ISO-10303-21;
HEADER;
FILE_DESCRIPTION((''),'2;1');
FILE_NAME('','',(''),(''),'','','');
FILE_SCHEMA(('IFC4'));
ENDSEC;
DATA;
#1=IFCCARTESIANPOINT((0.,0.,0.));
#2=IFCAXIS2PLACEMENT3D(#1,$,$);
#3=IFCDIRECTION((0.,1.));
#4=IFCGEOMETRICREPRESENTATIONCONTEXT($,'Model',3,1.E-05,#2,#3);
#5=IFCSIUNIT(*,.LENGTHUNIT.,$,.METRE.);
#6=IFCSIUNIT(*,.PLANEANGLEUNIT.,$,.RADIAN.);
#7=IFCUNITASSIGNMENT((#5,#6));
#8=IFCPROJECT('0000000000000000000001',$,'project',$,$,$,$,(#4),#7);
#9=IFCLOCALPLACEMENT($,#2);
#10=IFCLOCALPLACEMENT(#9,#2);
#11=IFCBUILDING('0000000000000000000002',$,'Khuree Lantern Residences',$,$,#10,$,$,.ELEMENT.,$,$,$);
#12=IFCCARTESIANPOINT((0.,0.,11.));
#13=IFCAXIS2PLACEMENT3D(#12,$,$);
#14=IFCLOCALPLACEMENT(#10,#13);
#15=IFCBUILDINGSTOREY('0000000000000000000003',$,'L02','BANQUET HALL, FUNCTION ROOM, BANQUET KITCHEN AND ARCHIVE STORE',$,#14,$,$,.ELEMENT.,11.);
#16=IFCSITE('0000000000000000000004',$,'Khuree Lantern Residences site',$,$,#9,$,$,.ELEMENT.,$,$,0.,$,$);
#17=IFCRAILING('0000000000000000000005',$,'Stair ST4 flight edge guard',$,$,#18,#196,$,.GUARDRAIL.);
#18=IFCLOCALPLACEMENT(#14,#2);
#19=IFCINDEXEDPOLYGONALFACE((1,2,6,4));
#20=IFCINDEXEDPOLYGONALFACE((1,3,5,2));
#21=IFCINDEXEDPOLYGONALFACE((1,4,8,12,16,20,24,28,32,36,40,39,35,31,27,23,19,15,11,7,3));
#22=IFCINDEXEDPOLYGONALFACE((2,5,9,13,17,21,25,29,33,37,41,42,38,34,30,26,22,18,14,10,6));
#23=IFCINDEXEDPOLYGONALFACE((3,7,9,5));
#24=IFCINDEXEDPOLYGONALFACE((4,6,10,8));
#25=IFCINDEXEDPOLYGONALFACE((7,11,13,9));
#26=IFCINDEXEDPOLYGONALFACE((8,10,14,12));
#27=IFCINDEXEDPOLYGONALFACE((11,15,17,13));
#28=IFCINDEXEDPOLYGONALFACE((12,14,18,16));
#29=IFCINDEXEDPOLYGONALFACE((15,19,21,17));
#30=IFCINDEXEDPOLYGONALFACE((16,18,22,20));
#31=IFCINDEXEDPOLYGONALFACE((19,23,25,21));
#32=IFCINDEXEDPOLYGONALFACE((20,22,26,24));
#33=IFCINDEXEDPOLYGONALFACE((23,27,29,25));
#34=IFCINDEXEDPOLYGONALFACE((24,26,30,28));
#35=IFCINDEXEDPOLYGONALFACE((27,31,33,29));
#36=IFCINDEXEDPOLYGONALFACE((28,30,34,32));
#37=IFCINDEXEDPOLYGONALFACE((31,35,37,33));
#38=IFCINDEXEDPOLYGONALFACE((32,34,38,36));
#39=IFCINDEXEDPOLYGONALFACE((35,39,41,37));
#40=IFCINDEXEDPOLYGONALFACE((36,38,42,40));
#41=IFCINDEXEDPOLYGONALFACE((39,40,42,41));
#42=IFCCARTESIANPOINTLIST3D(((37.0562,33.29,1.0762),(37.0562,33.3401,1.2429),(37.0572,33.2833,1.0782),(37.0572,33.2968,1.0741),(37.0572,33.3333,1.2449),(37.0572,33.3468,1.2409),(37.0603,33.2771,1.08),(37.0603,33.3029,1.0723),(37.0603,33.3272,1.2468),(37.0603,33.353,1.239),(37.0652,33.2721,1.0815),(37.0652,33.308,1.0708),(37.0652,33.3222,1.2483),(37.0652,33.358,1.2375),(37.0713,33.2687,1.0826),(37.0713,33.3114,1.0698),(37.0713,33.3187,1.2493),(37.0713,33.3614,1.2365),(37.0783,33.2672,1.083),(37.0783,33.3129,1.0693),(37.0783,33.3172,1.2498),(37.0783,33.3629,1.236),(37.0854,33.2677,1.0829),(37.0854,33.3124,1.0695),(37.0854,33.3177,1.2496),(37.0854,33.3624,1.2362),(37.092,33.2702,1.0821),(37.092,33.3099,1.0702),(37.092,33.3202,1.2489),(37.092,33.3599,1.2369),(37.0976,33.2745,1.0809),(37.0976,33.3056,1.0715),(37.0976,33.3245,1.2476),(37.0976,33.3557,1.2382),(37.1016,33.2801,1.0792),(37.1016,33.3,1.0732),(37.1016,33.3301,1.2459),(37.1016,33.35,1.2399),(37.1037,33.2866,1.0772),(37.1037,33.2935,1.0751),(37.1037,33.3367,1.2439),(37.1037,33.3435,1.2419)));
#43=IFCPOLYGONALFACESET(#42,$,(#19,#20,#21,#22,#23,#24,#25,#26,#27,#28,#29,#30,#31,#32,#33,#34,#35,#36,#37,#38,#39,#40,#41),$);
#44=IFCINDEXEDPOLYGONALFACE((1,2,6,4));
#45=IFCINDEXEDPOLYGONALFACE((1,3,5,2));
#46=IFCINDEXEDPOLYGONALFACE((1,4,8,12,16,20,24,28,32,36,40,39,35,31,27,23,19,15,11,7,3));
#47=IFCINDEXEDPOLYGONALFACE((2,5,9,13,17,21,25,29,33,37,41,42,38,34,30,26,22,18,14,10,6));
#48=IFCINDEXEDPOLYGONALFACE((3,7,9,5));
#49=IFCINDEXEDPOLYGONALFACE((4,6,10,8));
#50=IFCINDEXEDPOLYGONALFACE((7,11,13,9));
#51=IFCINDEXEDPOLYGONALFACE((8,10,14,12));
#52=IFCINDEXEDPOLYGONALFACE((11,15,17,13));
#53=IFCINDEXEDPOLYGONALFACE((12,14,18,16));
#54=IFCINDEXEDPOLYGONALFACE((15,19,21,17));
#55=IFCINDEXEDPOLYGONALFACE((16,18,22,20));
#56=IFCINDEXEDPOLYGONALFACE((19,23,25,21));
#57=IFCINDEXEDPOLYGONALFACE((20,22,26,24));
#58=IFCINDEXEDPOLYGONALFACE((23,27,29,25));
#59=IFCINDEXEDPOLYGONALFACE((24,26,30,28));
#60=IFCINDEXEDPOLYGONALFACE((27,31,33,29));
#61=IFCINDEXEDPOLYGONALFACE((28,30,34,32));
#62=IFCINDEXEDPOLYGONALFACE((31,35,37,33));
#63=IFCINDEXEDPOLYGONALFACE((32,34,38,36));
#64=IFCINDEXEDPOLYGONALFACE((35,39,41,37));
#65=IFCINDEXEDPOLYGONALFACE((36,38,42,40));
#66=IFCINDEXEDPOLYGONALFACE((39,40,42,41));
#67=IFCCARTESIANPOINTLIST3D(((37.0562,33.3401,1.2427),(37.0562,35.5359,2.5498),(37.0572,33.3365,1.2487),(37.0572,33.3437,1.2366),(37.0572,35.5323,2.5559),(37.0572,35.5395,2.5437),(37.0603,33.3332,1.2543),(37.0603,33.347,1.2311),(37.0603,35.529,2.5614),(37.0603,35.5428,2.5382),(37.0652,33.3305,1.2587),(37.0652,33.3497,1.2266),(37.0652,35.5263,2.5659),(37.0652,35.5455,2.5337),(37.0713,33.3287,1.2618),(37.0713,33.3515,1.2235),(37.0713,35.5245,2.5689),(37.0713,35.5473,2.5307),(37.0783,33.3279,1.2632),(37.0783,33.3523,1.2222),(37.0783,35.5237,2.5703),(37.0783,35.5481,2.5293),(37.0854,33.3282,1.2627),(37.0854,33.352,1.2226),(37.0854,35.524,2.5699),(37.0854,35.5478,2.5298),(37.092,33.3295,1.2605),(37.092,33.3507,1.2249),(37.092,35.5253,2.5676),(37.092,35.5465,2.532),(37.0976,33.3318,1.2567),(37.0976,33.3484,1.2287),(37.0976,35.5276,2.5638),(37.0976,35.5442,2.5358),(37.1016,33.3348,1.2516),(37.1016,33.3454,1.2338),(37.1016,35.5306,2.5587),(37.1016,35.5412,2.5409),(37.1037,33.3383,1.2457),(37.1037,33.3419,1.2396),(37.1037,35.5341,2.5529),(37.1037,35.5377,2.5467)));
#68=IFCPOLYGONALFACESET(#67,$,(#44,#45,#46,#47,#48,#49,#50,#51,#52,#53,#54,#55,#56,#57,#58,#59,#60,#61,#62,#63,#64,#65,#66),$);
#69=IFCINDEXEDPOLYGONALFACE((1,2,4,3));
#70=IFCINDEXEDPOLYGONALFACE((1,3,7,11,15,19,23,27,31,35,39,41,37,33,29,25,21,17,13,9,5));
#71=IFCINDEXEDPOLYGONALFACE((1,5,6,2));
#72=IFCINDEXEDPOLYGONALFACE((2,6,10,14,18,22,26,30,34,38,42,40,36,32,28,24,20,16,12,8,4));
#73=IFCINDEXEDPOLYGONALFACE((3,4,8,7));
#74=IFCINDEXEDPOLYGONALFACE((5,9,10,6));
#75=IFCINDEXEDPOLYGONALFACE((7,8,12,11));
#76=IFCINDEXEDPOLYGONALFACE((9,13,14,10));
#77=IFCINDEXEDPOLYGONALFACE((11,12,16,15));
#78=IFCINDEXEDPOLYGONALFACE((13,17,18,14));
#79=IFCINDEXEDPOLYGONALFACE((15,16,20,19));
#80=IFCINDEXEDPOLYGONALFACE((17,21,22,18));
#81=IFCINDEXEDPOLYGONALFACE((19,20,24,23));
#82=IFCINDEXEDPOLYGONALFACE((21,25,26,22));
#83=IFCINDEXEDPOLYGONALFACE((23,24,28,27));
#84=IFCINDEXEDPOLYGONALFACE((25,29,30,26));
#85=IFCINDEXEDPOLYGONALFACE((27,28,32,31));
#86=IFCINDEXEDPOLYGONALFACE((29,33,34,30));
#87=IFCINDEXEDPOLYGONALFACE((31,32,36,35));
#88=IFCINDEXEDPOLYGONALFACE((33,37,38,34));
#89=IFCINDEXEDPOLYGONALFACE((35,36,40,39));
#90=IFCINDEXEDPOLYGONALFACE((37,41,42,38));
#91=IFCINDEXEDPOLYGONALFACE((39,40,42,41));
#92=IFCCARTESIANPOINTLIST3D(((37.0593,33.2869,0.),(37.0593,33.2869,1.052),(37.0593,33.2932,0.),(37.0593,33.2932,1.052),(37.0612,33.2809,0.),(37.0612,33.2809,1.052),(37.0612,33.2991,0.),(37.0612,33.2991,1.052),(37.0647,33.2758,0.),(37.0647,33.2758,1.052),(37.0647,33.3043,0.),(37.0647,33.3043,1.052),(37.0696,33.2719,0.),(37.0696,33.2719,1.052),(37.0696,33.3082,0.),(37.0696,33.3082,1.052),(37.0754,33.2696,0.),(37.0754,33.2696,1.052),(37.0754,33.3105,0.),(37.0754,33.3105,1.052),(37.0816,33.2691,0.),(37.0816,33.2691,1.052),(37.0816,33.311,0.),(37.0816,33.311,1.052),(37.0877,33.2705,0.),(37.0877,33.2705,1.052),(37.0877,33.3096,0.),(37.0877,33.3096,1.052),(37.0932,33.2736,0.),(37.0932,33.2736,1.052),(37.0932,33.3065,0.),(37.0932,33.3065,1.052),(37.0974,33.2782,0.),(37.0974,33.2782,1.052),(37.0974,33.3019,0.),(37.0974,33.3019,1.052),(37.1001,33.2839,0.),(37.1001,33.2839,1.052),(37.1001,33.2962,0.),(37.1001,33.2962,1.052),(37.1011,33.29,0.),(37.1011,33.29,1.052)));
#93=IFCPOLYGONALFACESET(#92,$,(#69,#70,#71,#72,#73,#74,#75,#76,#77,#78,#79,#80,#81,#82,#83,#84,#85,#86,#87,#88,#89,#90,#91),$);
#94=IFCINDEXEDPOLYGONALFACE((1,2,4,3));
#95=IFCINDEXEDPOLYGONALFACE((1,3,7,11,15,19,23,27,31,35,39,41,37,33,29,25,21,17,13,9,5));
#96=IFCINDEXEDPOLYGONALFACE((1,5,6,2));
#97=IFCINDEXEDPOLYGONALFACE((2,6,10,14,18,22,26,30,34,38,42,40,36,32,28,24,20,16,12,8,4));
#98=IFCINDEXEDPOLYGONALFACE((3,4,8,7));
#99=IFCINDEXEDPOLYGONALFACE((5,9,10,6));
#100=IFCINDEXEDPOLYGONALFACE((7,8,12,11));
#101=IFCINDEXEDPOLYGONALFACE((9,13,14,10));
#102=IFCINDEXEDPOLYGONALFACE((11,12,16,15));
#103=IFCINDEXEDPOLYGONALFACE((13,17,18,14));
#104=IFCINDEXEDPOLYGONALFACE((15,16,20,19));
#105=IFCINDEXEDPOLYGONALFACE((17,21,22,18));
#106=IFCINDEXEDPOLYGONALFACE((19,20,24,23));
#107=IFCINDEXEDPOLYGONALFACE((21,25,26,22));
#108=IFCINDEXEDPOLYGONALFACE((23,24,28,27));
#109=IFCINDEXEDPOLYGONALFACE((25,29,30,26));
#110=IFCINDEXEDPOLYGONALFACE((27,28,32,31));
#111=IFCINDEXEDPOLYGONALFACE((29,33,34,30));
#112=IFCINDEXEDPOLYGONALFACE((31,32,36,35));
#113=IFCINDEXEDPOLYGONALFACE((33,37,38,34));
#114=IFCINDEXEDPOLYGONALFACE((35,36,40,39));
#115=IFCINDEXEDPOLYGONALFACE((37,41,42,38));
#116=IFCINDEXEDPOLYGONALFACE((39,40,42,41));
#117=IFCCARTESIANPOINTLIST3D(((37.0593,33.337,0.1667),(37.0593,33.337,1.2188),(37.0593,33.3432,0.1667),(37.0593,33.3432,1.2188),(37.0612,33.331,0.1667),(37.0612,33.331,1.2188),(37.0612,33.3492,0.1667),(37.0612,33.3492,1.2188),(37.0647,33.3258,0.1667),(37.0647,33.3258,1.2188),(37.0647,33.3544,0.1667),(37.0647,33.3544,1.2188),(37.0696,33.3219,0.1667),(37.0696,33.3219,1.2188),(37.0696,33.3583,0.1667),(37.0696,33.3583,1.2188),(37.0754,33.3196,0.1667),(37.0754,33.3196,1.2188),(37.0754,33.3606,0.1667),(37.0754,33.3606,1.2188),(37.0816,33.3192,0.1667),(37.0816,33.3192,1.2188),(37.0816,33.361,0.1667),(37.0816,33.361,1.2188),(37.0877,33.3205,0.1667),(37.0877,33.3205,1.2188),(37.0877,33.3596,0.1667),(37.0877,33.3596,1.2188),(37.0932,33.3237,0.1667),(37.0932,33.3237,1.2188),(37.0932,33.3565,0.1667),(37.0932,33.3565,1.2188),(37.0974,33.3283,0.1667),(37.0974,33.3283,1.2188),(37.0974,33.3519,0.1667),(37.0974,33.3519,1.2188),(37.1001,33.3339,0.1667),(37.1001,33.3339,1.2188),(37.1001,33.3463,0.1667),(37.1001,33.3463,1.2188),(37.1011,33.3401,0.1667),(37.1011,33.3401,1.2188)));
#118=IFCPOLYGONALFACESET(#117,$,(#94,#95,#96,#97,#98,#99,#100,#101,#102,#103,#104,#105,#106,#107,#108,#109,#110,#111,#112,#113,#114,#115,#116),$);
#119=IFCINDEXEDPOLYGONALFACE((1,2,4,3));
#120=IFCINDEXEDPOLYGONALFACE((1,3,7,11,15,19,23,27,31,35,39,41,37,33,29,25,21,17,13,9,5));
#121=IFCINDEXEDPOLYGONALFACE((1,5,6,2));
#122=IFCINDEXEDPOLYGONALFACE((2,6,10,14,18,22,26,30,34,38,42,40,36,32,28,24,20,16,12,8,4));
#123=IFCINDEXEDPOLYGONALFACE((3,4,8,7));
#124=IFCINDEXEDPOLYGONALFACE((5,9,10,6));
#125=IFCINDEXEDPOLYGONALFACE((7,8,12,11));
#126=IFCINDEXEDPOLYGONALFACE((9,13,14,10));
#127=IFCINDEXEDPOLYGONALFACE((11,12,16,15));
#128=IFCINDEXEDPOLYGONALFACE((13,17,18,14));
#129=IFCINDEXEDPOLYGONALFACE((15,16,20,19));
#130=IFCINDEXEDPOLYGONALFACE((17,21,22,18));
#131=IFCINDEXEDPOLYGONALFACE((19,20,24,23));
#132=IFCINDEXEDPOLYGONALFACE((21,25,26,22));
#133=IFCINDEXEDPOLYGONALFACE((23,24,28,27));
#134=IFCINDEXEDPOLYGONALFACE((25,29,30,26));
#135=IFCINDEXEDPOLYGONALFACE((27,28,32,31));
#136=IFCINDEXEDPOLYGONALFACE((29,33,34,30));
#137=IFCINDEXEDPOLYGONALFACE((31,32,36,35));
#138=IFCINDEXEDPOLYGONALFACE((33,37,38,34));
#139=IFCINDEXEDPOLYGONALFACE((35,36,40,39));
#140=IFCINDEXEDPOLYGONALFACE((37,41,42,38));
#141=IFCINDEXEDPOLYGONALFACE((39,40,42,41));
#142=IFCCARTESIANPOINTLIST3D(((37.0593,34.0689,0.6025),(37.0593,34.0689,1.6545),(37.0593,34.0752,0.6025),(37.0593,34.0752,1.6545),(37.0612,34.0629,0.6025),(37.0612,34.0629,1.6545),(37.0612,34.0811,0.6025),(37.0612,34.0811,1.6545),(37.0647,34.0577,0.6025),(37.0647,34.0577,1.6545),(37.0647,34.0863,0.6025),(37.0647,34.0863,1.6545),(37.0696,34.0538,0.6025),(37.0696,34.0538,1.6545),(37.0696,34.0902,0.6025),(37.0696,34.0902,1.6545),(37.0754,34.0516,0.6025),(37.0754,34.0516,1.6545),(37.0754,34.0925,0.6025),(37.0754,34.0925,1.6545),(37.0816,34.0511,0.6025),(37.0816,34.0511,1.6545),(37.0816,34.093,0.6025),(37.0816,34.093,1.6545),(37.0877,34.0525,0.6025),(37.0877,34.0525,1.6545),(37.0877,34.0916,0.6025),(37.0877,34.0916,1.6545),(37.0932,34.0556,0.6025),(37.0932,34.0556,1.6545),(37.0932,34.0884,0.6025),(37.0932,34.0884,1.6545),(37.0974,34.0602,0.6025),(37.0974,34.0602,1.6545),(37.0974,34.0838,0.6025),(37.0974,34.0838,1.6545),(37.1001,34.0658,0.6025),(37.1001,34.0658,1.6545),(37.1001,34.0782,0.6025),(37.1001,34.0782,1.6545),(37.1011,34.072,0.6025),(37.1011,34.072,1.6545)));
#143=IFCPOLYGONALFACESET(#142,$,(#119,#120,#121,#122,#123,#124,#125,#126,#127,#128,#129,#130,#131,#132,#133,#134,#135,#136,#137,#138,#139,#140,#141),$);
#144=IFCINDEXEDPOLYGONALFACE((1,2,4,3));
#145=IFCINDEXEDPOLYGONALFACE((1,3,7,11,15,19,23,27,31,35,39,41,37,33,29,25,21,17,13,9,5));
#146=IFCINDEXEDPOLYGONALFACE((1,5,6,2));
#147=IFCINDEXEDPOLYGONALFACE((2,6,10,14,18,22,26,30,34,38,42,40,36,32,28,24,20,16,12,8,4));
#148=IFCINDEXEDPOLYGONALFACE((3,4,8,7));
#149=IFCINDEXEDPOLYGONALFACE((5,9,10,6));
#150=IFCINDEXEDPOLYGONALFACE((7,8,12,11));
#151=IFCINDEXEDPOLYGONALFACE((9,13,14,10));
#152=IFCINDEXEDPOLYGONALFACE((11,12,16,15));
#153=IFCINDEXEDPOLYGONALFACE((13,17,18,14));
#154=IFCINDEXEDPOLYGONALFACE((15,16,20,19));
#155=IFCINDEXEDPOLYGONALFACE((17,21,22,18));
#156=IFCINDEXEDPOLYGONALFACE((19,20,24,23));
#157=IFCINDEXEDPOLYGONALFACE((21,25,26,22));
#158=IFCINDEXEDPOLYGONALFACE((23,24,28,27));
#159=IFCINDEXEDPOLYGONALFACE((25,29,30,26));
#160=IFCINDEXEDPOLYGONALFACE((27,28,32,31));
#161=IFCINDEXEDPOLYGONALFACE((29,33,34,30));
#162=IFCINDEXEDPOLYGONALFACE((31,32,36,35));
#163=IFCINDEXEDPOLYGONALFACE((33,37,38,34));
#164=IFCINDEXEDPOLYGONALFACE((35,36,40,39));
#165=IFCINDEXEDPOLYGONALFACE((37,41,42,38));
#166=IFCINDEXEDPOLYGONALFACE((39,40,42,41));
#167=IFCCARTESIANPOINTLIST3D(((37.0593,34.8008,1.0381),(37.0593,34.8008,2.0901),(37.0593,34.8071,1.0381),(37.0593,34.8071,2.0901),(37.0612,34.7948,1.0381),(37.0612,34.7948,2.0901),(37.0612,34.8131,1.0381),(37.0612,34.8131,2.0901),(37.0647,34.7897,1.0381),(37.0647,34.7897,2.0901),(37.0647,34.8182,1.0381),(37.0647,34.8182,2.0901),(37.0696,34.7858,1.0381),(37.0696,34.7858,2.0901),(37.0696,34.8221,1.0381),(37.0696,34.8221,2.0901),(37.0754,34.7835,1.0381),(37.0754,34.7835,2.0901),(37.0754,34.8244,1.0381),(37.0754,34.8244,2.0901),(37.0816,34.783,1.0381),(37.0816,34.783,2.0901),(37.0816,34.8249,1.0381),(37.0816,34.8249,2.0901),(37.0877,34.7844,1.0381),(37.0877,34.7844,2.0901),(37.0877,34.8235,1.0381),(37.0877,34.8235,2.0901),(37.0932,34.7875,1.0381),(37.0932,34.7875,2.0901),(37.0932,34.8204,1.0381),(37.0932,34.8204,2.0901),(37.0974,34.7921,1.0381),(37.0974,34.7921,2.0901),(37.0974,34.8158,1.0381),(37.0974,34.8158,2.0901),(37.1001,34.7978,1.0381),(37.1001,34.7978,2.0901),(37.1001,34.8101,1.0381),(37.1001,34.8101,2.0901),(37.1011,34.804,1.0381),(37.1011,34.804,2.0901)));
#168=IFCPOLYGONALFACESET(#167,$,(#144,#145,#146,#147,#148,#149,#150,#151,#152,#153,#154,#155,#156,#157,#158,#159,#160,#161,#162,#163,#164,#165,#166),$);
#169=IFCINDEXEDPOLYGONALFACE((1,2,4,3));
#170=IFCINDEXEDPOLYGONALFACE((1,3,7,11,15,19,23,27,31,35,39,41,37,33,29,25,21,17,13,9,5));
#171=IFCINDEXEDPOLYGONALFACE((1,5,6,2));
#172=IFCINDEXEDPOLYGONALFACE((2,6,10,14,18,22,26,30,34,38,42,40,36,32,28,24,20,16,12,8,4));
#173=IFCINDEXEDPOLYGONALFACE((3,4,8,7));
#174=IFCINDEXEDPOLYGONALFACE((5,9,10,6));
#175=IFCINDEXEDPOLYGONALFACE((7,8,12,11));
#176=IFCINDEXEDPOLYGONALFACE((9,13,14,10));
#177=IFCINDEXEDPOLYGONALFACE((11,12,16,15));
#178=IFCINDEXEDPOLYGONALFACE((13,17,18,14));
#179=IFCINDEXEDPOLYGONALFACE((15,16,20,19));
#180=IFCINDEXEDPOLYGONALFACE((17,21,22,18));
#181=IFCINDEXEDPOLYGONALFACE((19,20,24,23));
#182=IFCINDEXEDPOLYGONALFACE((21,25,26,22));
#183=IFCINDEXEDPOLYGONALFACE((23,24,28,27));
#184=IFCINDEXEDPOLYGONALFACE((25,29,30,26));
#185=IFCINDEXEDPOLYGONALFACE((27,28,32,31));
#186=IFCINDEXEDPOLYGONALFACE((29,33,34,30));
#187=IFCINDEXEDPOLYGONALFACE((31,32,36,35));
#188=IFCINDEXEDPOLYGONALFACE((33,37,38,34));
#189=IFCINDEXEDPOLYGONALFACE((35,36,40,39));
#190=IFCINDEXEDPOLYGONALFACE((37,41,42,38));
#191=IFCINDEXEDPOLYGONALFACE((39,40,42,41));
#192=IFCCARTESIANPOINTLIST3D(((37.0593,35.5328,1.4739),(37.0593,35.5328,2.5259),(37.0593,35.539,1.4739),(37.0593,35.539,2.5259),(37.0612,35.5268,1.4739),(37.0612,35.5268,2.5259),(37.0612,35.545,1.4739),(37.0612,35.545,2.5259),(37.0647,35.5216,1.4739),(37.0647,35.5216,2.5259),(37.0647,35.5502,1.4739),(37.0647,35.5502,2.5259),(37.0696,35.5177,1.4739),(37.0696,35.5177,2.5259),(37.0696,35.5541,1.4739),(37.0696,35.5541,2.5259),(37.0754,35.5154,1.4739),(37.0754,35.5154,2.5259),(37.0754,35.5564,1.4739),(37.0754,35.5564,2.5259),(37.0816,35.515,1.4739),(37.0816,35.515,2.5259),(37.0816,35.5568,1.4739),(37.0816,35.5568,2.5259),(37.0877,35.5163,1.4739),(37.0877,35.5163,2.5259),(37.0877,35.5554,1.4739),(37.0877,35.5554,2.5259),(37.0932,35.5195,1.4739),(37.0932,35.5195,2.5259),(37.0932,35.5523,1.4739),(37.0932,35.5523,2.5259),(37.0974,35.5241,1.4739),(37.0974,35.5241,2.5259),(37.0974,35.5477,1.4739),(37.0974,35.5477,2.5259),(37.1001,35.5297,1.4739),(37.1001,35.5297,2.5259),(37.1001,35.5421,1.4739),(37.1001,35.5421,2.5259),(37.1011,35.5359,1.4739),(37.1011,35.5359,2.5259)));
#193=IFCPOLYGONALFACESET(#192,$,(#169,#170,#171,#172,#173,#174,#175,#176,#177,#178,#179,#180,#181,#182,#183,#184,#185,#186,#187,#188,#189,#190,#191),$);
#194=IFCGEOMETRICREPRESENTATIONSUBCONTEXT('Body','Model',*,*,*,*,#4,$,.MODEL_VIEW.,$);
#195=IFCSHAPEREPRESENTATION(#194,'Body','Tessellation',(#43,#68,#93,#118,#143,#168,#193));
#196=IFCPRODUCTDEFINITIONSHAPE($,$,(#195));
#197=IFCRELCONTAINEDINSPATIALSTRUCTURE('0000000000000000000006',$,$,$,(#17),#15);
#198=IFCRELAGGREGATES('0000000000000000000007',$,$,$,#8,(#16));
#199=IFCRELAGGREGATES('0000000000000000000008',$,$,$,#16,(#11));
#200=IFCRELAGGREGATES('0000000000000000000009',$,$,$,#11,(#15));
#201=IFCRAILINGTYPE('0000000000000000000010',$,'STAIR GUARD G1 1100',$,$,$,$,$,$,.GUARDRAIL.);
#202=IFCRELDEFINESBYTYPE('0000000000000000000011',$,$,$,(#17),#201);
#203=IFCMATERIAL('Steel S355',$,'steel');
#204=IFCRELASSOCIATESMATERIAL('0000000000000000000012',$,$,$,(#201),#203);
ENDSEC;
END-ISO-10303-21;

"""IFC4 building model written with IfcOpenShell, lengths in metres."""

from ifc_helpers import new_model, si_unit, direction, frame, origin, origin_2d, place, context, subcontext, project, spatial, circle, extrude, material, type_object, element, save


model = new_model("IFC4")

# Units and contexts
model_context = context("Model", 3, precision=1e-05, world=origin(), true_north=direction((0.0, 1.0)))
body_context = subcontext(model_context, "Body", "Model", "MODEL_VIEW")
ifc_project = project(units=[si_unit("LENGTHUNIT", "METRE"), si_unit("PLANEANGLEUNIT", "RADIAN")], contexts=[model_context])

# Site, building, storey
site_placement = place(None, origin())
site = spatial("IfcSite", under=ifc_project, at=site_placement, Name="Khuree Lantern Residences site", CompositionType="ELEMENT", RefElevation=0.0)
building_placement = place(site_placement, origin())
building = spatial("IfcBuilding", under=site, at=building_placement, Name="Khuree Lantern Residences", CompositionType="ELEMENT")
storey_placement = place(building_placement, frame((0.0, 0.0, 11.0)))
storey = spatial("IfcBuildingStorey", under=building, at=storey_placement, Name="L02", Description="BANQUET HALL, FUNCTION ROOM, BANQUET KITCHEN AND ARCHIVE STORE", CompositionType="ELEMENT", Elevation=11.0)

# Shared definitions
ifc_material_1 = material(Name="Steel S355", Category="steel")

# Railing
railing_type = type_object("IfcRailingType", Name="STAIR GUARD G1 1100", PredefinedType="GUARDRAIL", material=ifc_material_1)
railing_1_placement = place(storey_placement, frame((37.0801, 33.29, 0.0)))
element("IfcRailing", 1, at=railing_1_placement, inside=storey, type_object=railing_type, Name="Stair ST4 flight edge guard", PredefinedType="GUARDRAIL", context=body_context, shape_type="SweptSolid", body=[
    extrude(circle(Radius=0.0239, at=origin_2d()), frame((0.0, 0.0, 1.0762), z_axis=(0.0, 0.287477, 0.957788), x_axis=(-1.0, 0.0, 0.0)), (0.0, 0.0, 1.0), 0.1741),
    extrude(circle(Radius=0.0239, at=origin_2d()), frame((0.0, 0.05, 1.2427), z_axis=(0.0, 0.859275, 0.511514), x_axis=(-1.0, 0.0, 0.0)), (0.0, 0.0, 1.0), 2.5554),
    extrude(circle(Radius=0.021, at=origin_2d()), origin(), (0.0, 0.0, 1.0), 1.052),
    extrude(circle(Radius=0.021, at=origin_2d()), frame((0.0, 0.05, 0.1667)), (0.0, 0.0, 1.0), 1.052),
    extrude(circle(Radius=0.021, at=origin_2d()), frame((0.0, 0.782, 0.6025)), (0.0, 0.0, 1.0), 1.052),
    extrude(circle(Radius=0.021, at=origin_2d()), frame((0.0, 1.5139, 1.0381)), (0.0, 0.0, 1.0), 1.052),
    extrude(circle(Radius=0.021, at=origin_2d()), frame((0.0, 2.2458, 1.4739)), (0.0, 0.0, 1.0), 1.052),
])

save(model, "model.ifc")
